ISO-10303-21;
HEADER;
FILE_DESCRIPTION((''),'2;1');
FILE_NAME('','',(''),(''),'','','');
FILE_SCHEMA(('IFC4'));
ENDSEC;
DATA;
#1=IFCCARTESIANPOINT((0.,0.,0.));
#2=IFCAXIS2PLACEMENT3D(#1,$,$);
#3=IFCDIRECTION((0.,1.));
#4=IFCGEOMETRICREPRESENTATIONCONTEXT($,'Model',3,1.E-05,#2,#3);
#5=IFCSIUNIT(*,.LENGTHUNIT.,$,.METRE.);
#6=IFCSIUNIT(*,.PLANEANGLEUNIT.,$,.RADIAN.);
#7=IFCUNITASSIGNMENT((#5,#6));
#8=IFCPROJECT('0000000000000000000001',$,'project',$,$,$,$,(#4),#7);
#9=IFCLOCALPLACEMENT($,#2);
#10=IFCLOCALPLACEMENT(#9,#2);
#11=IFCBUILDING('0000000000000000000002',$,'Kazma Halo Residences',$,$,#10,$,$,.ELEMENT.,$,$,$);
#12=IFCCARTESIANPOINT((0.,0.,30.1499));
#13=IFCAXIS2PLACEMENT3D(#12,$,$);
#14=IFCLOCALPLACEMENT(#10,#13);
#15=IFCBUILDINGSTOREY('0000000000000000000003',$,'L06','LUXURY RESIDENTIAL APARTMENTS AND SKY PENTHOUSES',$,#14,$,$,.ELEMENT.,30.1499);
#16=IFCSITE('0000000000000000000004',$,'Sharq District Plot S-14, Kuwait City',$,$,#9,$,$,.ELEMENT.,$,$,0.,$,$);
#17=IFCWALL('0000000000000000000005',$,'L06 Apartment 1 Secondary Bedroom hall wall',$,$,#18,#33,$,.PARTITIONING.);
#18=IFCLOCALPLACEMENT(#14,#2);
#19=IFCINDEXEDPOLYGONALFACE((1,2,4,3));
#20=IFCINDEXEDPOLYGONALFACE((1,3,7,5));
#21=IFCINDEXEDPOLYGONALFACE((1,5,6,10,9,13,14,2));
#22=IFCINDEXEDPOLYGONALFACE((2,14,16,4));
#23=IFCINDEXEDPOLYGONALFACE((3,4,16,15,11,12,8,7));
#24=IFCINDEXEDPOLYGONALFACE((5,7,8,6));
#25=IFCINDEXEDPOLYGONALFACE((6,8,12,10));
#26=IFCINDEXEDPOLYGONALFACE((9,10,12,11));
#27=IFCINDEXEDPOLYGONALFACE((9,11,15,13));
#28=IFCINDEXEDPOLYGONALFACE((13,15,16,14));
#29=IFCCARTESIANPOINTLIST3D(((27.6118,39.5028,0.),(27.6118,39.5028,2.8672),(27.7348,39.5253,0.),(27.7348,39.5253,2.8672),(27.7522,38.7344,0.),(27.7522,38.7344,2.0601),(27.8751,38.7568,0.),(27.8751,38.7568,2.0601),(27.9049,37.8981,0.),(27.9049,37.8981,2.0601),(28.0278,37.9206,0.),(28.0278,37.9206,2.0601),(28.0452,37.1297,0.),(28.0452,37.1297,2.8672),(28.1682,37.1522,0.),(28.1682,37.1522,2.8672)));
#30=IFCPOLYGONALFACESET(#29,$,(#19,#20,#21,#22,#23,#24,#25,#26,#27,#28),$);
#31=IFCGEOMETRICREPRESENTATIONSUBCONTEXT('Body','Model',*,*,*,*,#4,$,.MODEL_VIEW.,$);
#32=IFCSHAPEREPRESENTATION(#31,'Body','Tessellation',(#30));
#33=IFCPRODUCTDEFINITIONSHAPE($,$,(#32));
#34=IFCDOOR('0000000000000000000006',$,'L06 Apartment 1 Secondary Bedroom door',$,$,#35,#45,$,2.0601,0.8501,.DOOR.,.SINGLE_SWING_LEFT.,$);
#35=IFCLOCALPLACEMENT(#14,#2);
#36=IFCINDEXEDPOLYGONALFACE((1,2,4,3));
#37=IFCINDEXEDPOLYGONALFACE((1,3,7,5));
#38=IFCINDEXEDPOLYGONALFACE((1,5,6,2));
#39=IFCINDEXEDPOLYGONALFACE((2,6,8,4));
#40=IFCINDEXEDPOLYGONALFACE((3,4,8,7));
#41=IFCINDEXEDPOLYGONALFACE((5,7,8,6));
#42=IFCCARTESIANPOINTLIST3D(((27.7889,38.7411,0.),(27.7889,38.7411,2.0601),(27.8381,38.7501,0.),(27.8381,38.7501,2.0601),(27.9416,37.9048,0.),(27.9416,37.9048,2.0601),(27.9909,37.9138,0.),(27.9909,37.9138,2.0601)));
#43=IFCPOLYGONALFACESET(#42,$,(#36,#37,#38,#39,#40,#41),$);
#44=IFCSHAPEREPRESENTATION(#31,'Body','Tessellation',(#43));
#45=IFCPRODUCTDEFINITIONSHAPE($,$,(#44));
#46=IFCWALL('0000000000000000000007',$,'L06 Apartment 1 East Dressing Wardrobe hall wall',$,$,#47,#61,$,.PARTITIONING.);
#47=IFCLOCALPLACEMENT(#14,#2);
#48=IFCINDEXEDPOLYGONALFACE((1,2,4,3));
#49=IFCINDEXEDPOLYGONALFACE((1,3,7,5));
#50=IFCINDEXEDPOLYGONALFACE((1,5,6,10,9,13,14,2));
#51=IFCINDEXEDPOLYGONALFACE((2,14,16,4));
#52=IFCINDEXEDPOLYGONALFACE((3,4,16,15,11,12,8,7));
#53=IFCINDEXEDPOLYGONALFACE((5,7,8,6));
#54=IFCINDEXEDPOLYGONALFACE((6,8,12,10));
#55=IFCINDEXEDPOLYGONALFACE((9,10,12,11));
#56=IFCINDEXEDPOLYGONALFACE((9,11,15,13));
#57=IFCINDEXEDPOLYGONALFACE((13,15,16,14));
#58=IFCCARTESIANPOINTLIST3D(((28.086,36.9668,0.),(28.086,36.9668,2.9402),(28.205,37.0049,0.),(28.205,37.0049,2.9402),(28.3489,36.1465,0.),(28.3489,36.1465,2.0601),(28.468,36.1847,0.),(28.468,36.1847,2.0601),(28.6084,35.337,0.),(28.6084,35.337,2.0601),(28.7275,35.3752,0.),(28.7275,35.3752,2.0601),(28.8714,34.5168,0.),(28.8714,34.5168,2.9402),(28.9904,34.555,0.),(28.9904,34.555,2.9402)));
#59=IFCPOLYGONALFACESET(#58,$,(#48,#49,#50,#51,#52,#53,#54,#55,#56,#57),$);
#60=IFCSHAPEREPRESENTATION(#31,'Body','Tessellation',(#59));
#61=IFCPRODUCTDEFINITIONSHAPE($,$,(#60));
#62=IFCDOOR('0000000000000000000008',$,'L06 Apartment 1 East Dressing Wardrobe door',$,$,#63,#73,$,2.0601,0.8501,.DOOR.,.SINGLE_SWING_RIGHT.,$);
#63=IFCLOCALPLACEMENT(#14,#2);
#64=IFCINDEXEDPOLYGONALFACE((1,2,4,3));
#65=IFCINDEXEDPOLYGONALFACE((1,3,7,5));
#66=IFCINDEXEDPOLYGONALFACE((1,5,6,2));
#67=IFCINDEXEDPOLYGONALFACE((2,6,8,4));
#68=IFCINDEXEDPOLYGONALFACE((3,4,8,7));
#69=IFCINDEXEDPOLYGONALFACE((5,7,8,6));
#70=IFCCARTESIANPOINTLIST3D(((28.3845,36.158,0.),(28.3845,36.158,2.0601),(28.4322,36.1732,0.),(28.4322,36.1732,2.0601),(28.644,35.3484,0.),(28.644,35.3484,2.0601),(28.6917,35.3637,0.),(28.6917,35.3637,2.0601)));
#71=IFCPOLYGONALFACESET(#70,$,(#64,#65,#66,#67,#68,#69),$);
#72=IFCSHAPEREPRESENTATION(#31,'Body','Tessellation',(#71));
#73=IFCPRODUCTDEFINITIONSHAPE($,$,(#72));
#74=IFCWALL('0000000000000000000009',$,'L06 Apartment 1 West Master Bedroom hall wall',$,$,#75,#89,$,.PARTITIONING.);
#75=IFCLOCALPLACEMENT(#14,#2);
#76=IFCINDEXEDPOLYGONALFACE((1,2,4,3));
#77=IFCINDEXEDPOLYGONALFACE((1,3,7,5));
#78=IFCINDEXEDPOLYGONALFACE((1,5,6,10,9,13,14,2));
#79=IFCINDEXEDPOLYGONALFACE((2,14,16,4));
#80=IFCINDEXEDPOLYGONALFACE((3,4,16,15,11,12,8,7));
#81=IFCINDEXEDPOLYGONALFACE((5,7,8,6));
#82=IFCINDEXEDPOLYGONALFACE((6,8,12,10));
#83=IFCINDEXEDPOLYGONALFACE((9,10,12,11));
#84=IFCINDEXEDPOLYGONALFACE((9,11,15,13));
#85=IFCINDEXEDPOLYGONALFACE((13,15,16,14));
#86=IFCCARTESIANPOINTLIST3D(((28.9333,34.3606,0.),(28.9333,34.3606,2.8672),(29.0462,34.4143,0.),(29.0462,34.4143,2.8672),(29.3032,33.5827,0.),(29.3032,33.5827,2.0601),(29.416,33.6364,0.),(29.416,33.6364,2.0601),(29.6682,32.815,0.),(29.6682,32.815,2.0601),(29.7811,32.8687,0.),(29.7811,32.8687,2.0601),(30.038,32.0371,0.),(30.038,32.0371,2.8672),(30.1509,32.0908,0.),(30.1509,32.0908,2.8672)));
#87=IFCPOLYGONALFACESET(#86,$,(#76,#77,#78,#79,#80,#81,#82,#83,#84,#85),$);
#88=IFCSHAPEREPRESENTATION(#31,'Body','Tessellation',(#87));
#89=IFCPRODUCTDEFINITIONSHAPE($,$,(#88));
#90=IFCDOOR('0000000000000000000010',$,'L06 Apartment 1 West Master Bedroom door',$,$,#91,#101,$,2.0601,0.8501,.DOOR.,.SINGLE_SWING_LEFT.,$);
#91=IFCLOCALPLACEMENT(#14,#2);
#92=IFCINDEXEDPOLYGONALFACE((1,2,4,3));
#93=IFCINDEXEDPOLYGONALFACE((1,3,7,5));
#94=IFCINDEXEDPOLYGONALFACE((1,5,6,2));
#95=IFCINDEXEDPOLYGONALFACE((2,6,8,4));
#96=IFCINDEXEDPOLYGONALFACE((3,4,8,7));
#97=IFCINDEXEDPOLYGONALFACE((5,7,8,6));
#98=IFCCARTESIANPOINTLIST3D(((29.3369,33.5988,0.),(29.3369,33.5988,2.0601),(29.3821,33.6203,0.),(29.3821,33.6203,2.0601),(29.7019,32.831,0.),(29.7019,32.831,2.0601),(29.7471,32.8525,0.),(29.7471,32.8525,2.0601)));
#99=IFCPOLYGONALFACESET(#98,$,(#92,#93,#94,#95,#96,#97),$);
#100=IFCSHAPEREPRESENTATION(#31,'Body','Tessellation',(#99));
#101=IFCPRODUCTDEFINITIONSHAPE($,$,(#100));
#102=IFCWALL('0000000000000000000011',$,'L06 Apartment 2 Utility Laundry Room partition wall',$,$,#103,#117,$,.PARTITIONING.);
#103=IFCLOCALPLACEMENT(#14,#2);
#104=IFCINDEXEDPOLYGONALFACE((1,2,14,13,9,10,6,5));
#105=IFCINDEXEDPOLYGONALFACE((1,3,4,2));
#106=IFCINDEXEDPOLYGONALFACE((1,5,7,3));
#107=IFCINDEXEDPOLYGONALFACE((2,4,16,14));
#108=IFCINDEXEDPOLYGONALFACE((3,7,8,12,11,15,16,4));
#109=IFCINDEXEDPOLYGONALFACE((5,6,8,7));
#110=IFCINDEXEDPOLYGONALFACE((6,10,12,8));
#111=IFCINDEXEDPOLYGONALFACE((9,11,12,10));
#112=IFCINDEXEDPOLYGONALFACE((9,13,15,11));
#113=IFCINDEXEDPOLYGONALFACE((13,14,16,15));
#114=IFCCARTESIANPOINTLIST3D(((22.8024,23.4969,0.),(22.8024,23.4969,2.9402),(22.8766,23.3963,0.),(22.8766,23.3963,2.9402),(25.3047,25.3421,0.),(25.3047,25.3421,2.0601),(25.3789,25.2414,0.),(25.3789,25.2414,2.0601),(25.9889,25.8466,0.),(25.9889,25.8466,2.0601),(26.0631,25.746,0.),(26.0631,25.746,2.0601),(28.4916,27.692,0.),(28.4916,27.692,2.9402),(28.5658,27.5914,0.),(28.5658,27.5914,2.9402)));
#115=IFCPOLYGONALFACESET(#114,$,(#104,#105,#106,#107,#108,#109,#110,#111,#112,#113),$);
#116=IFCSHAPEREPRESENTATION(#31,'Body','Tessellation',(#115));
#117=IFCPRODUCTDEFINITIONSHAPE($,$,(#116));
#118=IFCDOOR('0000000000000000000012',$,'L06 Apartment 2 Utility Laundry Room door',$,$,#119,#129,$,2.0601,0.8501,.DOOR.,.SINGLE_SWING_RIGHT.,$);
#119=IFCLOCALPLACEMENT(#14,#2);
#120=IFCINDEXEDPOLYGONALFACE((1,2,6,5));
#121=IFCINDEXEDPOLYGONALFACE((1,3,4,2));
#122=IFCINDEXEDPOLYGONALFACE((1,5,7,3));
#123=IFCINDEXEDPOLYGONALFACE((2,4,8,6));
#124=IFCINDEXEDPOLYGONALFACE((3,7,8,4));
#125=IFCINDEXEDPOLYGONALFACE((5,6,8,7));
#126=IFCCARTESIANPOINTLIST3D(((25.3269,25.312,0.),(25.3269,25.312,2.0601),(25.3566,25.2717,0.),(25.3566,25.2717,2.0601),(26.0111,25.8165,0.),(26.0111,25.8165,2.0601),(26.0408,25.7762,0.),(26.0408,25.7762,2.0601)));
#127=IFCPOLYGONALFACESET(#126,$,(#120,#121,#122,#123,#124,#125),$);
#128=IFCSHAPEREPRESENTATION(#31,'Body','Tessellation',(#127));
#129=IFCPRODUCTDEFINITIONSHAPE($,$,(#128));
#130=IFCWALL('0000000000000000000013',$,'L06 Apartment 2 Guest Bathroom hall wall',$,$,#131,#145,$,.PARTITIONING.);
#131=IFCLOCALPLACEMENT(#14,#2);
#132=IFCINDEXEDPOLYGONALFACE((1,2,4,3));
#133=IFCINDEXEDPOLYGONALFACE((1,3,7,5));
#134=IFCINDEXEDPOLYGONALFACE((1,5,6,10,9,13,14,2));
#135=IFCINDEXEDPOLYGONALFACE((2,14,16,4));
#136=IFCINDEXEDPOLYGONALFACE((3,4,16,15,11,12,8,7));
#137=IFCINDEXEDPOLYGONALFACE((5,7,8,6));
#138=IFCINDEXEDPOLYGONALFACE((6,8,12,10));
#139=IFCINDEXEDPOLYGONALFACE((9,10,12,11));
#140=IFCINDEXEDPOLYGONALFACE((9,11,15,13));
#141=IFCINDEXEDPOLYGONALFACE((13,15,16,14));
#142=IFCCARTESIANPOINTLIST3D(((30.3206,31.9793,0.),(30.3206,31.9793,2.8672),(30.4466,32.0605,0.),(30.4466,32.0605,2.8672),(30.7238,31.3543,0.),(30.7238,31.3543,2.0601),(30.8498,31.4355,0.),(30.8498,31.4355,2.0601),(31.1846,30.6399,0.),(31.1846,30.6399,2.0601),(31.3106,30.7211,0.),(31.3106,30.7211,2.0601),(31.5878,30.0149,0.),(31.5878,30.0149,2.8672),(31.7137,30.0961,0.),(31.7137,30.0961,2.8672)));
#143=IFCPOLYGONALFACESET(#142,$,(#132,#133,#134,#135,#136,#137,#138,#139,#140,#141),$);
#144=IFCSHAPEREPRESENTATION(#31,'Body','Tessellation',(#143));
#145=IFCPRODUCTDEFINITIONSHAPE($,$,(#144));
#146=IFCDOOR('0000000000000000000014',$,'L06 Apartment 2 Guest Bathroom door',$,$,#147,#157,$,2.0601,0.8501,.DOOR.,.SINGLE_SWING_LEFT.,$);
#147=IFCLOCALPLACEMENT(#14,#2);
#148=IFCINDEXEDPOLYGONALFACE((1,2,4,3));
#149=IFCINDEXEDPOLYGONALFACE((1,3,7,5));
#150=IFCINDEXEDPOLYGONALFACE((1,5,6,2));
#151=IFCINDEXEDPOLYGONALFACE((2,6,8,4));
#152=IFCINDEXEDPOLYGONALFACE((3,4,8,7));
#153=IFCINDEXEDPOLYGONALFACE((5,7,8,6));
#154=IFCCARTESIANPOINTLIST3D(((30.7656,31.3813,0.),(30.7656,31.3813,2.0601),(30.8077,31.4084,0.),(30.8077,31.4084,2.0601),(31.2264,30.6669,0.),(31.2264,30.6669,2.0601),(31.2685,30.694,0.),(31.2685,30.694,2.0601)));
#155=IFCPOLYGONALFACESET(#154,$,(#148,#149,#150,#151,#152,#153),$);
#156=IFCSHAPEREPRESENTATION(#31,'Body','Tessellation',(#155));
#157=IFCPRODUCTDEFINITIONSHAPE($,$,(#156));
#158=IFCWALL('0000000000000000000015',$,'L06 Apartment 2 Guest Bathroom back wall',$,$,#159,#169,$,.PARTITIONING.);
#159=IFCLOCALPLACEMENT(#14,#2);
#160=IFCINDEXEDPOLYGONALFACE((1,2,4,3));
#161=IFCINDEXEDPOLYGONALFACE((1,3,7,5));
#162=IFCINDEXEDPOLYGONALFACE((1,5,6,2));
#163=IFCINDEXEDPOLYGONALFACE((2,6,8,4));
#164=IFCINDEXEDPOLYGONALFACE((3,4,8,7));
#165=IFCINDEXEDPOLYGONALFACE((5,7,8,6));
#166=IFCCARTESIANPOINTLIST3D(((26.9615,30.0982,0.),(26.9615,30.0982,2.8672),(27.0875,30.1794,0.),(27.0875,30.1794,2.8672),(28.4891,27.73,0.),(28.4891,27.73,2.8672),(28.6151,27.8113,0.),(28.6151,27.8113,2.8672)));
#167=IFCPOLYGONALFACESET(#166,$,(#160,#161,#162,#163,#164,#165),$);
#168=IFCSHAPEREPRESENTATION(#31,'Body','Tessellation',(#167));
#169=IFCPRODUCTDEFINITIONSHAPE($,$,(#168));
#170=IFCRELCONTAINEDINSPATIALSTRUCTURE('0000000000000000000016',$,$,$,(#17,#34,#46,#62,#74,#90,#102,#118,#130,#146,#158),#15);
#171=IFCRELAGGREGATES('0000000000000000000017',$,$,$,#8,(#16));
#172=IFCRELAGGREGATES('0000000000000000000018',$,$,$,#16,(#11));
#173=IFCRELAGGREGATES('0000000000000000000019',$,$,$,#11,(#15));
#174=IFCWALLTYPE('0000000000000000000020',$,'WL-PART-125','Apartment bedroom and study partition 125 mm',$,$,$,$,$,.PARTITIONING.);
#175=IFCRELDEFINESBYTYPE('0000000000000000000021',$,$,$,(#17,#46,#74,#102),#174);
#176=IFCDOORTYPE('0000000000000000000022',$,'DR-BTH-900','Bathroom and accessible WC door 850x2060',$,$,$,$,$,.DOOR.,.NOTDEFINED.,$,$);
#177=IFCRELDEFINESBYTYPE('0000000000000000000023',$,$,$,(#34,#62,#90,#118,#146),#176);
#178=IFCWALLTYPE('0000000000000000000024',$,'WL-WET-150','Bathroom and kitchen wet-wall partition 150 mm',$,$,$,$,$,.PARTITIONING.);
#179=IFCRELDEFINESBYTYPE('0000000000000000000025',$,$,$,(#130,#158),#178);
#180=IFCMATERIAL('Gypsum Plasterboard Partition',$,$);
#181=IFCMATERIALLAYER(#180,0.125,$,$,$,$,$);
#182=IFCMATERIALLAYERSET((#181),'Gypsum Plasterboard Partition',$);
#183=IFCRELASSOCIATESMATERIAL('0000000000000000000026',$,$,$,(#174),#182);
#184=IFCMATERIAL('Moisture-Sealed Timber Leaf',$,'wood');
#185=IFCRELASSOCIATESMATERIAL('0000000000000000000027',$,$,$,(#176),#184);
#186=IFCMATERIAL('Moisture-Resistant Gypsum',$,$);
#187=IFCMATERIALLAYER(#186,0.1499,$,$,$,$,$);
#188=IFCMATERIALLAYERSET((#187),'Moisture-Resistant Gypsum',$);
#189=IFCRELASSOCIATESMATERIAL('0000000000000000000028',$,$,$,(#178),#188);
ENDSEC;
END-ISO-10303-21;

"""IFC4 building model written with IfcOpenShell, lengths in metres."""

from ifc_helpers import new_model, si_unit, direction, frame, frame_2d, origin, place, context, subcontext, project, spatial, rectangle, extrude, material, layer, layer_set, type_object, element, fill, save


model = new_model("IFC4")

# Units and contexts
model_context = context("Model", 3, precision=1e-05, world=origin(), true_north=direction((0.0, 1.0)))
body_context = subcontext(model_context, "Body", "Model", "MODEL_VIEW")
ifc_project = project(units=[si_unit("LENGTHUNIT", "METRE"), si_unit("PLANEANGLEUNIT", "RADIAN")], contexts=[model_context])

# Site, building, storey
site_placement = place(None, origin())
site = spatial("IfcSite", under=ifc_project, at=site_placement, Name="Sharq District Plot S-14, Kuwait City", CompositionType="ELEMENT", RefElevation=0.0)
building_placement = place(site_placement, origin())
building = spatial("IfcBuilding", under=site, at=building_placement, Name="Kazma Halo Residences", CompositionType="ELEMENT")
storey_placement = place(building_placement, frame((0.0, 0.0, 30.1499)))
storey = spatial("IfcBuildingStorey", under=building, at=storey_placement, Name="L06", Description="LUXURY RESIDENTIAL APARTMENTS AND SKY PENTHOUSES", CompositionType="ELEMENT", Elevation=30.1499)

# Shared definitions
ifc_material_1 = material(Name="Gypsum Plasterboard Partition")
ifc_layer_1 = layer(ifc_material_1, 0.125)
ifc_layer_set_1 = layer_set([ifc_layer_1], Name="Gypsum Plasterboard Partition")
wall_type_1 = type_object("IfcWallType", Name="WL-PART-125", Description="Apartment bedroom and study partition 125 mm", PredefinedType="PARTITIONING", material=ifc_layer_set_1)

# Walls, openings, doors
wall_1_placement = place(storey_placement, frame((27.6733, 39.5139, 0.0), z_axis=(0.0, 0.0, 1.0), x_axis=(0.179642, -0.983732, 0.0)))
wall_1 = element("IfcWall", 1, at=wall_1_placement, inside=storey, type_object=wall_type_1, Name="L06 Apartment 1 Secondary Bedroom hall wall", PredefinedType="PARTITIONING", context=body_context, shape_type="SweptSolid", body=[
    extrude(rectangle(XDim=2.4124, YDim=0.125, at=frame_2d((1.2061, 0.0))), origin(), (0.0, 0.0, 1.0), 2.8672),
])
opening_1_placement = place(wall_1_placement, frame((0.781, 0.0, 0.0)))
opening_1 = element("IfcOpeningElement", 2, at=opening_1_placement, cuts=wall_1, PredefinedType="OPENING", context=body_context, shape_type="SweptSolid", body=[
    extrude(rectangle(XDim=0.8501, YDim=2.0601, at=frame_2d((0.425, 1.03))), frame((0.0, 0.0725, 0.0), z_axis=(0.0, -1.0, 0.0), x_axis=(1.0, 0.0, 0.0)), (0.0, 0.0, 1.0), 0.145),
])
ifc_material_2 = material(Name="Moisture-Sealed Timber Leaf", Category="wood")
door_type = type_object("IfcDoorType", Name="DR-BTH-900", Description="Bathroom and accessible WC door 850x2060", OperationType="NOTDEFINED", PredefinedType="DOOR", material=ifc_material_2)
door_1_placement = place(opening_1_placement, origin())
door_1 = element("IfcDoor", 3, at=door_1_placement, inside=storey, type_object=door_type, Name="L06 Apartment 1 Secondary Bedroom door", OperationType="SINGLE_SWING_LEFT", OverallHeight=2.0601, OverallWidth=0.8501, PredefinedType="DOOR", context=body_context, shape_type="SweptSolid", body=[
    extrude(rectangle(XDim=0.8501, YDim=2.0601, at=frame_2d((0.425, 1.03))), frame((0.0, 0.0249, 0.0), z_axis=(0.0, -1.0, 0.0), x_axis=(1.0, 0.0, 0.0)), (0.0, 0.0, 1.0), 0.05),
])
fill(opening_1, door_1)
wall_2_placement = place(storey_placement, frame((28.1455, 36.9858, 0.0), z_axis=(0.0, 0.0, 1.0), x_axis=(0.305275, -0.952264, 0.0)))
wall_2 = element("IfcWall", 4, at=wall_2_placement, inside=storey, type_object=wall_type_1, Name="L06 Apartment 1 East Dressing Wardrobe hall wall", PredefinedType="PARTITIONING", context=body_context, shape_type="SweptSolid", body=[
    extrude(rectangle(XDim=2.5728, YDim=0.125, at=frame_2d((1.2864, 0.0))), origin(), (0.0, 0.0, 1.0), 2.9402),
])
opening_2_placement = place(wall_2_placement, frame((0.8613, 0.0, 0.0)))
opening_2 = element("IfcOpeningElement", 5, at=opening_2_placement, cuts=wall_2, PredefinedType="OPENING", context=body_context, shape_type="SweptSolid", body=[
    extrude(rectangle(XDim=0.8501, YDim=2.0601, at=frame_2d((0.425, 1.03))), frame((0.0, 0.0725, 0.0), z_axis=(0.0, -1.0, 0.0), x_axis=(1.0, 0.0, 0.0)), (0.0, 0.0, 1.0), 0.145),
])
door_2_placement = place(opening_2_placement, origin())
door_2 = element("IfcDoor", 6, at=door_2_placement, inside=storey, type_object=door_type, Name="L06 Apartment 1 East Dressing Wardrobe door", OperationType="SINGLE_SWING_RIGHT", OverallHeight=2.0601, OverallWidth=0.8501, PredefinedType="DOOR", context=body_context, shape_type="SweptSolid", body=[
    extrude(rectangle(XDim=0.8501, YDim=2.0601, at=frame_2d((0.425, 1.03))), frame((0.0, 0.0249, 0.0), z_axis=(0.0, -1.0, 0.0), x_axis=(1.0, 0.0, 0.0)), (0.0, 0.0, 1.0), 0.05),
])
fill(opening_2, door_2)
wall_3_placement = place(storey_placement, frame((28.9897, 34.3875, 0.0), z_axis=(0.0, 0.0, 1.0), x_axis=(0.429399, -0.903115, 0.0)))
wall_3 = element("IfcWall", 7, at=wall_3_placement, inside=storey, type_object=wall_type_1, Name="L06 Apartment 1 West Master Bedroom hall wall", PredefinedType="PARTITIONING", context=body_context, shape_type="SweptSolid", body=[
    extrude(rectangle(XDim=2.5728, YDim=0.125, at=frame_2d((1.2864, 0.0))), origin(), (0.0, 0.0, 1.0), 2.8672),
])
opening_3_placement = place(wall_3_placement, frame((0.8613, 0.0, 0.0)))
opening_3 = element("IfcOpeningElement", 8, at=opening_3_placement, cuts=wall_3, PredefinedType="OPENING", context=body_context, shape_type="SweptSolid", body=[
    extrude(rectangle(XDim=0.8501, YDim=2.0601, at=frame_2d((0.425, 1.03))), frame((0.0, 0.0725, 0.0), z_axis=(0.0, -1.0, 0.0), x_axis=(1.0, 0.0, 0.0)), (0.0, 0.0, 1.0), 0.145),
])
door_3_placement = place(opening_3_placement, origin())
door_3 = element("IfcDoor", 9, at=door_3_placement, inside=storey, type_object=door_type, Name="L06 Apartment 1 West Master Bedroom door", OperationType="SINGLE_SWING_LEFT", OverallHeight=2.0601, OverallWidth=0.8501, PredefinedType="DOOR", context=body_context, shape_type="SweptSolid", body=[
    extrude(rectangle(XDim=0.8501, YDim=2.0601, at=frame_2d((0.425, 1.03))), frame((0.0, 0.0249, 0.0), z_axis=(0.0, -1.0, 0.0), x_axis=(1.0, 0.0, 0.0)), (0.0, 0.0, 1.0), 0.05),
])
fill(opening_3, door_3)
wall_4_placement = place(storey_placement, frame((28.5286, 27.6416, 0.0), z_axis=(0.0, 0.0, 1.0), x_axis=(-0.804852, -0.593476, 0.0)))
wall_4 = element("IfcWall", 10, at=wall_4_placement, inside=storey, type_object=wall_type_1, Name="L06 Apartment 2 Utility Laundry Room partition wall", PredefinedType="PARTITIONING", context=body_context, shape_type="SweptSolid", body=[
    extrude(rectangle(XDim=7.0686, YDim=0.125, at=frame_2d((3.5342, 0.0))), origin(), (0.0, 0.0, 1.0), 2.9402),
])
opening_4_placement = place(wall_4_placement, frame((3.1094, 0.0, 0.0)))
opening_4 = element("IfcOpeningElement", 11, at=opening_4_placement, cuts=wall_4, PredefinedType="OPENING", context=body_context, shape_type="SweptSolid", body=[
    extrude(rectangle(XDim=0.8501, YDim=2.0601, at=frame_2d((0.425, 1.03))), frame((0.0, 0.0725, 0.0), z_axis=(0.0, -1.0, 0.0), x_axis=(1.0, 0.0, 0.0)), (0.0, 0.0, 1.0), 0.145),
])
door_4_placement = place(opening_4_placement, origin())
door_4 = element("IfcDoor", 12, at=door_4_placement, inside=storey, type_object=door_type, Name="L06 Apartment 2 Utility Laundry Room door", OperationType="SINGLE_SWING_RIGHT", OverallHeight=2.0601, OverallWidth=0.8501, PredefinedType="DOOR", context=body_context, shape_type="SweptSolid", body=[
    extrude(rectangle(XDim=0.8501, YDim=2.0601, at=frame_2d((0.425, 1.03))), frame((0.0, 0.0249, 0.0), z_axis=(0.0, -1.0, 0.0), x_axis=(1.0, 0.0, 0.0)), (0.0, 0.0, 1.0), 0.05),
])
fill(opening_4, door_4)
ifc_material_3 = material(Name="Moisture-Resistant Gypsum")
ifc_layer_2 = layer(ifc_material_3, 0.1499)
ifc_layer_set_2 = layer_set([ifc_layer_2], Name="Moisture-Resistant Gypsum")
wall_type_2 = type_object("IfcWallType", Name="WL-WET-150", Description="Bathroom and kitchen wet-wall partition 150 mm", PredefinedType="PARTITIONING", material=ifc_layer_set_2)
wall_5_placement = place(storey_placement, frame((30.3835, 32.02, 0.0), z_axis=(0.0, 0.0, 1.0), x_axis=(0.542056, -0.840343, 0.0)))
wall_5 = element("IfcWall", 13, at=wall_5_placement, inside=storey, type_object=wall_type_2, Name="L06 Apartment 2 Guest Bathroom hall wall", PredefinedType="PARTITIONING", context=body_context, shape_type="SweptSolid", body=[
    extrude(rectangle(XDim=2.3376, YDim=0.1499, at=frame_2d((1.1689, 0.0))), origin(), (0.0, 0.0, 1.0), 2.8672),
])
opening_5_placement = place(wall_5_placement, frame((0.7439, 0.0, 0.0)))
opening_5 = element("IfcOpeningElement", 14, at=opening_5_placement, cuts=wall_5, PredefinedType="OPENING", context=body_context, shape_type="SweptSolid", body=[
    extrude(rectangle(XDim=0.8501, YDim=2.0601, at=frame_2d((0.425, 1.03))), frame((0.0, 0.085, 0.0), z_axis=(0.0, -1.0, 0.0), x_axis=(1.0, 0.0, 0.0)), (0.0, 0.0, 1.0), 0.1699),
])
door_5_placement = place(opening_5_placement, origin())
door_5 = element("IfcDoor", 15, at=door_5_placement, inside=storey, type_object=door_type, Name="L06 Apartment 2 Guest Bathroom door", OperationType="SINGLE_SWING_LEFT", OverallHeight=2.0601, OverallWidth=0.8501, PredefinedType="DOOR", context=body_context, shape_type="SweptSolid", body=[
    extrude(rectangle(XDim=0.8501, YDim=2.0601, at=frame_2d((0.425, 1.03))), frame((0.0, 0.0249, 0.0), z_axis=(0.0, -1.0, 0.0), x_axis=(1.0, 0.0, 0.0)), (0.0, 0.0, 1.0), 0.05),
])
fill(opening_5, door_5)

# Wall
wall_6_placement = place(storey_placement, frame((27.0244, 30.1389, 0.0), z_axis=(0.0, 0.0, 1.0), x_axis=(0.542062, -0.840339, 0.0)))
element("IfcWall", 16, at=wall_6_placement, inside=storey, type_object=wall_type_2, Name="L06 Apartment 2 Guest Bathroom back wall", PredefinedType="PARTITIONING", context=body_context, shape_type="SweptSolid", body=[
    extrude(rectangle(XDim=2.8181, YDim=0.1499, at=frame_2d((1.4092, 0.0))), origin(), (0.0, 0.0, 1.0), 2.8672),
])

save(model, "model.ifc")
